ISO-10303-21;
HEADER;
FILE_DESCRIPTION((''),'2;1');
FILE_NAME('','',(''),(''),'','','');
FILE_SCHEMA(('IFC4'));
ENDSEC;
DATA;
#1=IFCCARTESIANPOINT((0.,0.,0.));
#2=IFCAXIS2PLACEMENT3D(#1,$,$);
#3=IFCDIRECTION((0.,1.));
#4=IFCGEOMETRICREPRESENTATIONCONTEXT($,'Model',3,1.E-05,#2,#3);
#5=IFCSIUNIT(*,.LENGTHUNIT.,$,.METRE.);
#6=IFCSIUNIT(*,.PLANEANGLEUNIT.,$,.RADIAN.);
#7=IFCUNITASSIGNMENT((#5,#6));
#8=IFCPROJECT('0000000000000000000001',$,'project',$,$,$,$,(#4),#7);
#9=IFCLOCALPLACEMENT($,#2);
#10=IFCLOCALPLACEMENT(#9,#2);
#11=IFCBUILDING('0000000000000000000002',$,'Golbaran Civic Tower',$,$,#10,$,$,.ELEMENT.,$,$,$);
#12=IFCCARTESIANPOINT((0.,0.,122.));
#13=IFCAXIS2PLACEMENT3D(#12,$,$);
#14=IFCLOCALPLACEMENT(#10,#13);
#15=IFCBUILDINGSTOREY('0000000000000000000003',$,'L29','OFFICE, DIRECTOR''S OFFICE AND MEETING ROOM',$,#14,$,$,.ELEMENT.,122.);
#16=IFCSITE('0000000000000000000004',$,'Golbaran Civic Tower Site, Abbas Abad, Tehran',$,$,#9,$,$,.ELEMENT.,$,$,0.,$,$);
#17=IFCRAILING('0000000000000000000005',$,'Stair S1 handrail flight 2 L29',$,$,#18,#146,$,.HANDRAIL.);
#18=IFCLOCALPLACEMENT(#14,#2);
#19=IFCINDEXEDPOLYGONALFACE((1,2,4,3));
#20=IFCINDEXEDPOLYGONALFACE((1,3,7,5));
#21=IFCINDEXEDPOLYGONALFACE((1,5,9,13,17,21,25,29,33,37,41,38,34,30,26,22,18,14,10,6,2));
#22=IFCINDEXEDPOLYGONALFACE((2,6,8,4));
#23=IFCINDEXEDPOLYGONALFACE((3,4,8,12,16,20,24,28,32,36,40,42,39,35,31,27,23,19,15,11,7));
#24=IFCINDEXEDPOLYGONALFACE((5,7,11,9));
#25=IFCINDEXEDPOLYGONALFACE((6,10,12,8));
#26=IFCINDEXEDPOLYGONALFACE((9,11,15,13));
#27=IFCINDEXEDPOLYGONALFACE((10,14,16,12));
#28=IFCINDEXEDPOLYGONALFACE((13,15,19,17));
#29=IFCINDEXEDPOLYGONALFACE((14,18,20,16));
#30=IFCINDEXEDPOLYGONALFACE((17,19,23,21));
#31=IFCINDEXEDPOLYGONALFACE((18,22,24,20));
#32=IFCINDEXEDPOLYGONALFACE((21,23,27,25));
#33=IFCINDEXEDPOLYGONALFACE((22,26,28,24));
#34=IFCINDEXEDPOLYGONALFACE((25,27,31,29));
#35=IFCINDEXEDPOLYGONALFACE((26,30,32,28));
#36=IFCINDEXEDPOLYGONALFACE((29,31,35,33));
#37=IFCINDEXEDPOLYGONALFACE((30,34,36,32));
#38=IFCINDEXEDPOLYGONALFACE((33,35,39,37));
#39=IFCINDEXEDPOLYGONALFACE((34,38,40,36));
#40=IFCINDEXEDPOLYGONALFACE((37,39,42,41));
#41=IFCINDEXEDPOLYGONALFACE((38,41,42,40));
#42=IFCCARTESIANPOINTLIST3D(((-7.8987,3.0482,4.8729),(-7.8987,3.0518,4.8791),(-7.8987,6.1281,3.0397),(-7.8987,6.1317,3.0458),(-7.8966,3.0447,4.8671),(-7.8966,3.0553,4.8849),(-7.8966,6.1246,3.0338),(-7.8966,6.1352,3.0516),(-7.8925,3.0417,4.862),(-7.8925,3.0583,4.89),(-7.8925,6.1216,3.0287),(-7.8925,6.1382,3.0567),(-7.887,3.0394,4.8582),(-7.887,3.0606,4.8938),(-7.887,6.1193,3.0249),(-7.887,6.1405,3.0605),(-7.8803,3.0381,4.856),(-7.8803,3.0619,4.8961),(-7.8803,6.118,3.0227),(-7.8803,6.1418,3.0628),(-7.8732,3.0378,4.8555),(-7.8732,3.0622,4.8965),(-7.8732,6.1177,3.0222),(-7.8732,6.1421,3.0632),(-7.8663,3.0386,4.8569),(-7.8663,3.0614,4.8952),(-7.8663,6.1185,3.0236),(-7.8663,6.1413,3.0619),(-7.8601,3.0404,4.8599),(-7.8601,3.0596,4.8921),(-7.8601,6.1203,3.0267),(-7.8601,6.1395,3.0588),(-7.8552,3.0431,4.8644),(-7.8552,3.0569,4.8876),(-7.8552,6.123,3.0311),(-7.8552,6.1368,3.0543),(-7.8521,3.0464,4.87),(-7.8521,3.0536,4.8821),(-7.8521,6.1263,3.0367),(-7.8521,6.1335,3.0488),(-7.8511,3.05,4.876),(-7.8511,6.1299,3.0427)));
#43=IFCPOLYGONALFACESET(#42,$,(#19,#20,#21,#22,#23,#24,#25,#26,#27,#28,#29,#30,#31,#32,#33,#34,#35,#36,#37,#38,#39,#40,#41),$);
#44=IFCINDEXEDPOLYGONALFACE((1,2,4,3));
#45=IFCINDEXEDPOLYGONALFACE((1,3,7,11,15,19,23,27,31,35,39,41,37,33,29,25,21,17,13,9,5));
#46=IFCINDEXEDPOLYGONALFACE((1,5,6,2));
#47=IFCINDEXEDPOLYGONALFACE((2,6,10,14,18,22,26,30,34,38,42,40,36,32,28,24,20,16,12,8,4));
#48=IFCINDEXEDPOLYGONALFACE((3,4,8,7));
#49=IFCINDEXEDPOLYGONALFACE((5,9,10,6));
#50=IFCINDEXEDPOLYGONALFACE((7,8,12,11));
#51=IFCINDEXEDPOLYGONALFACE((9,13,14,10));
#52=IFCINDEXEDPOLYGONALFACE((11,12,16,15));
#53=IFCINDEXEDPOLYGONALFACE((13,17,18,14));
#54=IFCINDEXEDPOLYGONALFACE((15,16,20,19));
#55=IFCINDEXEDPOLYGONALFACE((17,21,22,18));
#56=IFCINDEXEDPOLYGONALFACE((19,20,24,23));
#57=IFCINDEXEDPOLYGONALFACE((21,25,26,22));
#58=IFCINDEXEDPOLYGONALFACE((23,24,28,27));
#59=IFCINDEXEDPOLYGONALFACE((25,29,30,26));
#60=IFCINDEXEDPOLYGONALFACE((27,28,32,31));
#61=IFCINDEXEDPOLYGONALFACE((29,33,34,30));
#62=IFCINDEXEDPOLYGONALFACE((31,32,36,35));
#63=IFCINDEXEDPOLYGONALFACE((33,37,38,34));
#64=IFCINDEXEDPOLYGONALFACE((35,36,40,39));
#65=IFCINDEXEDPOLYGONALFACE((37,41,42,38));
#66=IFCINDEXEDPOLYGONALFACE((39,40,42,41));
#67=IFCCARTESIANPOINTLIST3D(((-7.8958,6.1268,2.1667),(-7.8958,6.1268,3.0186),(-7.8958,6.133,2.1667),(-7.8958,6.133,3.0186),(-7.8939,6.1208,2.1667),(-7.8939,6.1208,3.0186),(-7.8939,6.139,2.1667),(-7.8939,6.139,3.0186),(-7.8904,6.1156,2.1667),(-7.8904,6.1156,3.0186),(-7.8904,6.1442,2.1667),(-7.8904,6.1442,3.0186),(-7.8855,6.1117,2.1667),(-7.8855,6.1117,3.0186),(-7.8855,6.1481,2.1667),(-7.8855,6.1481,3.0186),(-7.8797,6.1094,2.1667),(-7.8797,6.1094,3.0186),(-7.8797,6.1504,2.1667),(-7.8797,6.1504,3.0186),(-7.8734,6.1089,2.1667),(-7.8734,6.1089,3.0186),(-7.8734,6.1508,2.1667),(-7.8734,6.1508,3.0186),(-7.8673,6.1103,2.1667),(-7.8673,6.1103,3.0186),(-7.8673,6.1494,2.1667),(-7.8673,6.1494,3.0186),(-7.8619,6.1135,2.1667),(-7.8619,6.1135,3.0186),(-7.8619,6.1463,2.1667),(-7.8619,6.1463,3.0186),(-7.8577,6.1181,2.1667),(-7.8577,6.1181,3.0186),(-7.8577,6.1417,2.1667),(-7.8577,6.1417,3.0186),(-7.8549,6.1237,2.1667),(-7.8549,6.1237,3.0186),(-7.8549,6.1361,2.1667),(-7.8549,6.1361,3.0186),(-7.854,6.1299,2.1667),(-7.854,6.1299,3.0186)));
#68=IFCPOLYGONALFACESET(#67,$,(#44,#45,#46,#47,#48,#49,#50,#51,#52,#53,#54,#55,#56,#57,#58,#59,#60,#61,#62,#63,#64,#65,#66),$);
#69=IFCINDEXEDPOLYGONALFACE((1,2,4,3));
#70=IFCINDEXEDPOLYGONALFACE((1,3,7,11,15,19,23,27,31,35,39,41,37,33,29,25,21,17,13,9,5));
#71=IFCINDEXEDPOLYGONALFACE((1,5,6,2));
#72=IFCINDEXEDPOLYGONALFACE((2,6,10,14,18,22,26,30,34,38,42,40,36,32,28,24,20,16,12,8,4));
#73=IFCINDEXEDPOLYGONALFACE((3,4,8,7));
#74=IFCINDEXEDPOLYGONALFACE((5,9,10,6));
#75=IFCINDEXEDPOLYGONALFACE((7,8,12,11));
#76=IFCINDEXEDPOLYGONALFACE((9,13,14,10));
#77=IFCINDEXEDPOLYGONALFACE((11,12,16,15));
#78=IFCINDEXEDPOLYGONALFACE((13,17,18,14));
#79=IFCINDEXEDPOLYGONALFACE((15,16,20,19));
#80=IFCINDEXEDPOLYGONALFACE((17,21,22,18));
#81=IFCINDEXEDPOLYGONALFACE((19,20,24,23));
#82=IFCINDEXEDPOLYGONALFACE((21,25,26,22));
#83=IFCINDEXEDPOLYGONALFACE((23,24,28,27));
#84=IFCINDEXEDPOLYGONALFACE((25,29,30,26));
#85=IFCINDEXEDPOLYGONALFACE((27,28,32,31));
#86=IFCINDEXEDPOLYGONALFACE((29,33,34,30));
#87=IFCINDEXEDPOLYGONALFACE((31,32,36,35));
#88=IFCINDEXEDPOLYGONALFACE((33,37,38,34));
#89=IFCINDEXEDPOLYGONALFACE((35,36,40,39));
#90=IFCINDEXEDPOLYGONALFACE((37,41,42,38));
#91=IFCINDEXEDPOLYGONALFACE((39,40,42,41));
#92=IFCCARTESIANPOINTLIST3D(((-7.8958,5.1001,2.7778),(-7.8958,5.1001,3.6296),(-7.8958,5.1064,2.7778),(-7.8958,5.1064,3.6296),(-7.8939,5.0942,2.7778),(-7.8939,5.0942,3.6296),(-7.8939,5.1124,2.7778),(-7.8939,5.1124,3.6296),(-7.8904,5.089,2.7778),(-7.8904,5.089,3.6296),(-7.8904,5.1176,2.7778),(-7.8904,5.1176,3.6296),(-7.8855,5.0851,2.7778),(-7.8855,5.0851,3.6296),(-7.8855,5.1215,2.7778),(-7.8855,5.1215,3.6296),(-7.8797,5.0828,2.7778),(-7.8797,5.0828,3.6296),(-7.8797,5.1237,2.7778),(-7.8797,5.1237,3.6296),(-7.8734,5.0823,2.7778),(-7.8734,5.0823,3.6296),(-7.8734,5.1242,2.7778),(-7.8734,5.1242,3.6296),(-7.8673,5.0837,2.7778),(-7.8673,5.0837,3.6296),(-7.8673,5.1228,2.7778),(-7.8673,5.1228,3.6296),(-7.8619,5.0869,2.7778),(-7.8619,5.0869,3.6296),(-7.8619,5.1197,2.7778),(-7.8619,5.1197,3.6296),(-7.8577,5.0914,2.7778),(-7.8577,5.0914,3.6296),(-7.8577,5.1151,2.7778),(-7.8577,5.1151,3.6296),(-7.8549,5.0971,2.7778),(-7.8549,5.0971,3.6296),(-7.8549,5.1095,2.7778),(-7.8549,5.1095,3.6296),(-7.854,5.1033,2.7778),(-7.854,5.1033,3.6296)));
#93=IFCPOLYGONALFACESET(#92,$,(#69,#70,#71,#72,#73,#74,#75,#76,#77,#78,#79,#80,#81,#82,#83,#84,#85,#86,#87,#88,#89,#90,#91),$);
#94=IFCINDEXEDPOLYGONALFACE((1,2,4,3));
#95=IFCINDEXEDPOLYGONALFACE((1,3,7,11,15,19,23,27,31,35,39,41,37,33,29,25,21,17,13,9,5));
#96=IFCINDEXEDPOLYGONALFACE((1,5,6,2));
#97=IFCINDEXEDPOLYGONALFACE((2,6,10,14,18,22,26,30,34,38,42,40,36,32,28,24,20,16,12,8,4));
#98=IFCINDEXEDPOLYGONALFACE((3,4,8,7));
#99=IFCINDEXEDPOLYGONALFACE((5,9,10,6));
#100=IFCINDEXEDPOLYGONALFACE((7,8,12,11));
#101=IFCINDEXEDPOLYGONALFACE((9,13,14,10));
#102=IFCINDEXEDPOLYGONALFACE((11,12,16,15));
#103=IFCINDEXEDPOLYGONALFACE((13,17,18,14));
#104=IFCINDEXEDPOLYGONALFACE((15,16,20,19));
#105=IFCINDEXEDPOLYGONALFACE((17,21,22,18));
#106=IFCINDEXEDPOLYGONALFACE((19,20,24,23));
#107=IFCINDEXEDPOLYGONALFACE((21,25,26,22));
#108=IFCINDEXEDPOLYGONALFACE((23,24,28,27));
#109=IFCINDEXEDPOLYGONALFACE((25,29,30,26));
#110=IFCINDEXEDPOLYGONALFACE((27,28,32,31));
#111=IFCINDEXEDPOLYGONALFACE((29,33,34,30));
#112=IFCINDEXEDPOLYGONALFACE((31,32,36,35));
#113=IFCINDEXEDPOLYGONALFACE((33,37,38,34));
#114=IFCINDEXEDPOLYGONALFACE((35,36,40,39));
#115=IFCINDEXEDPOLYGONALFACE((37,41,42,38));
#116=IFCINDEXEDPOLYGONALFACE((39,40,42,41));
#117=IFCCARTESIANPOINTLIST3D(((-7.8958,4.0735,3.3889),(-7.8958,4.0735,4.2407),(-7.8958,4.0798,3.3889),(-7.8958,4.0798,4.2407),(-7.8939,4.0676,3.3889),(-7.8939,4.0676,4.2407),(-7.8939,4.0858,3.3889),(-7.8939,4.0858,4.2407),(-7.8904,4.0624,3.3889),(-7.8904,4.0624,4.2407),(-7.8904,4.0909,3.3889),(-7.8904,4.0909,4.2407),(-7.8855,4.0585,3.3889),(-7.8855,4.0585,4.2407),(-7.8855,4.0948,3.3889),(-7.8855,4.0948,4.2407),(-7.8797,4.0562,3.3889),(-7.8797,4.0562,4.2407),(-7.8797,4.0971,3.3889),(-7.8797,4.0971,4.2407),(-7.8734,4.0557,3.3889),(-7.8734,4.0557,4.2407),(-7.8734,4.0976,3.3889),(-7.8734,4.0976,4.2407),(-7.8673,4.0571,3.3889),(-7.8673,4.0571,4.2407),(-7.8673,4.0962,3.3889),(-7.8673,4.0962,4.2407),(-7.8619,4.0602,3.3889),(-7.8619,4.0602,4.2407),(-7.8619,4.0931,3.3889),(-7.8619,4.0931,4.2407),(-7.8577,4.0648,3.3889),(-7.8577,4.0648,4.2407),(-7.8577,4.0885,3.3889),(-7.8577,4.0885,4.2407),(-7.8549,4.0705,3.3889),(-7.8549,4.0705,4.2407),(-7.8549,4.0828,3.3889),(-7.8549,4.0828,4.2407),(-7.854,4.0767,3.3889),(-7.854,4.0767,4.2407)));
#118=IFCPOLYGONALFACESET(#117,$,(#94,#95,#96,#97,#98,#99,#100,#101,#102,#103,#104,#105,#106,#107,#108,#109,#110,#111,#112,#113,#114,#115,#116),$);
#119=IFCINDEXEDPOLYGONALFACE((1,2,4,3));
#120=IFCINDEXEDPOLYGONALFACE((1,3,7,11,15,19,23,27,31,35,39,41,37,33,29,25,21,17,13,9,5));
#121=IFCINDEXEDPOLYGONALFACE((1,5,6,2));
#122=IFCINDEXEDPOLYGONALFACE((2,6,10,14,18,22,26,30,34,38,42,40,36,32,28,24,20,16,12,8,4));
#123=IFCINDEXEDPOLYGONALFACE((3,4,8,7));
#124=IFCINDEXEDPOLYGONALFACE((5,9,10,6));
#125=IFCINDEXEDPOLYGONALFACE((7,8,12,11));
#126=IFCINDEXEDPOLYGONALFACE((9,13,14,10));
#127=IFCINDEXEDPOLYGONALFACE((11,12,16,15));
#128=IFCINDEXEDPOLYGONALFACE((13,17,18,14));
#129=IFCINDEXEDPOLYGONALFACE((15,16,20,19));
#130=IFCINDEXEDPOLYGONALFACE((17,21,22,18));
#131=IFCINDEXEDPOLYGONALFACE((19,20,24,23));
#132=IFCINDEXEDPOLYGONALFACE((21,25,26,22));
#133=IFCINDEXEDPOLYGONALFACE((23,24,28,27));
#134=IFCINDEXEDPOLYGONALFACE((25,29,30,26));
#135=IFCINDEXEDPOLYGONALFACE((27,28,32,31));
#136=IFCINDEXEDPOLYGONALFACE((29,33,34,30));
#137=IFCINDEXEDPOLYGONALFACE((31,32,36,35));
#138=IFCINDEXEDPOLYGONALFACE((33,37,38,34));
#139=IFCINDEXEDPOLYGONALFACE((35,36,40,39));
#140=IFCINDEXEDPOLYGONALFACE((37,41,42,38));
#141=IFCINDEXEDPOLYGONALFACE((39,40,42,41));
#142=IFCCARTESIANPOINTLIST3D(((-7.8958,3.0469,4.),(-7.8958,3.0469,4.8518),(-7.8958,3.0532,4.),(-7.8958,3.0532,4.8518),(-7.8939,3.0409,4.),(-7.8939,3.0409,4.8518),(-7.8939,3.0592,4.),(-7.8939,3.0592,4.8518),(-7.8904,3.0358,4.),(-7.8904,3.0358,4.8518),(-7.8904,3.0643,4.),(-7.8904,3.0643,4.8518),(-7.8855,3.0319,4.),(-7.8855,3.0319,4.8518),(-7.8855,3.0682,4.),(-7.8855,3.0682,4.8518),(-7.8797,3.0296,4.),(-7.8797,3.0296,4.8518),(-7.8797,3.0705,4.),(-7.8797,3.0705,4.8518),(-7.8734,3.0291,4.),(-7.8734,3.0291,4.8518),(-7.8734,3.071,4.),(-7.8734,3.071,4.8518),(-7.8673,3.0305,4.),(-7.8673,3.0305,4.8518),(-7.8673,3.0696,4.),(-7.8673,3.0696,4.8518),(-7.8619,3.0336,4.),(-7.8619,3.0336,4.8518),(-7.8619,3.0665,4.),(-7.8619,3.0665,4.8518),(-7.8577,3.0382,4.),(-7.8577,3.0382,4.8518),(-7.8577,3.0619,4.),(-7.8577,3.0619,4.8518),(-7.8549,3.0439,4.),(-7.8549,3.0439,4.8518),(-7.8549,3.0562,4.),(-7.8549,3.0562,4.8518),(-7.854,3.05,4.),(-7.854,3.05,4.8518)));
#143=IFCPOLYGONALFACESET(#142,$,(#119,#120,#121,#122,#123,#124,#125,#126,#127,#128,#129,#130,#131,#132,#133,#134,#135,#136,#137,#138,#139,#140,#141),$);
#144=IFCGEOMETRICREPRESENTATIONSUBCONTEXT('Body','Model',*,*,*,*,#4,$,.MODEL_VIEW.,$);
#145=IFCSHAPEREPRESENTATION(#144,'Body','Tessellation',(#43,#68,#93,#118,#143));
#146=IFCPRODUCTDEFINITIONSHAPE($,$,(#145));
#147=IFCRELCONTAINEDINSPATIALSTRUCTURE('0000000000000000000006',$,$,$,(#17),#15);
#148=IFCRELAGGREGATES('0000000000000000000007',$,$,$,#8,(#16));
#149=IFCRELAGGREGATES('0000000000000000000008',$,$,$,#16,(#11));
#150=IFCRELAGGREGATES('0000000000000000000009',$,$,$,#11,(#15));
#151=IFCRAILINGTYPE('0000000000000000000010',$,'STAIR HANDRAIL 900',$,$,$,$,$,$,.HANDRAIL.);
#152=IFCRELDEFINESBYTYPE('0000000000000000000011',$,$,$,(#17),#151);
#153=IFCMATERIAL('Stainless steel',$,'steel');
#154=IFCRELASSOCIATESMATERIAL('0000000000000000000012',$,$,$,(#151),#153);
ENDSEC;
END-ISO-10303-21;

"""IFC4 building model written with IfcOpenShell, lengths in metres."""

from ifc_helpers import new_model, si_unit, direction, frame, origin, origin_2d, place, context, subcontext, project, spatial, circle, extrude, material, type_object, element, save


model = new_model("IFC4")

# Units and contexts
model_context = context("Model", 3, precision=1e-05, world=origin(), true_north=direction((0.0, 1.0)))
body_context = subcontext(model_context, "Body", "Model", "MODEL_VIEW")
ifc_project = project(units=[si_unit("LENGTHUNIT", "METRE"), si_unit("PLANEANGLEUNIT", "RADIAN")], contexts=[model_context])

# Site, building, storey
site_placement = place(None, origin())
site = spatial("IfcSite", under=ifc_project, at=site_placement, Name="Golbaran Civic Tower Site, Abbas Abad, Tehran", CompositionType="ELEMENT", RefElevation=0.0)
building_placement = place(site_placement, origin())
building = spatial("IfcBuilding", under=site, at=building_placement, Name="Golbaran Civic Tower", CompositionType="ELEMENT")
storey_placement = place(building_placement, frame((0.0, 0.0, 122.0)))
storey = spatial("IfcBuildingStorey", under=building, at=storey_placement, Name="L29", Description="OFFICE, DIRECTOR'S OFFICE AND MEETING ROOM", CompositionType="ELEMENT", Elevation=122.0)

# Shared definitions
ifc_material_1 = material(Name="Stainless steel", Category="steel")

# Railing
railing_type = type_object("IfcRailingType", Name="STAIR HANDRAIL 900", PredefinedType="HANDRAIL", material=ifc_material_1)
railing_1_placement = place(storey_placement, frame((-7.875, 6.1299, 2.1667)))
element("IfcRailing", 1, at=railing_1_placement, inside=storey, type_object=railing_type, Name="Stair S1 handrail flight 2 L29", PredefinedType="HANDRAIL", context=body_context, shape_type="SweptSolid", body=[
    extrude(circle(Radius=0.0239, at=origin_2d()), frame((0.0, 0.0, 0.876), z_axis=(0.0, -0.859291, 0.511487), x_axis=(1.0, 0.0, 0.0)), (0.0, 0.0, 1.0), 3.5842),
    extrude(circle(Radius=0.021, at=origin_2d()), origin(), (0.0, 0.0, 1.0), 0.8518),
    extrude(circle(Radius=0.021, at=origin_2d()), frame((0.0, -1.0266, 0.6111)), (0.0, 0.0, 1.0), 0.8518),
    extrude(circle(Radius=0.021, at=origin_2d()), frame((0.0, -2.0532, 1.2222)), (0.0, 0.0, 1.0), 0.8518),
    extrude(circle(Radius=0.021, at=origin_2d()), frame((0.0, -3.0798, 1.8333)), (0.0, 0.0, 1.0), 0.8518),
])

save(model, "model.ifc")
